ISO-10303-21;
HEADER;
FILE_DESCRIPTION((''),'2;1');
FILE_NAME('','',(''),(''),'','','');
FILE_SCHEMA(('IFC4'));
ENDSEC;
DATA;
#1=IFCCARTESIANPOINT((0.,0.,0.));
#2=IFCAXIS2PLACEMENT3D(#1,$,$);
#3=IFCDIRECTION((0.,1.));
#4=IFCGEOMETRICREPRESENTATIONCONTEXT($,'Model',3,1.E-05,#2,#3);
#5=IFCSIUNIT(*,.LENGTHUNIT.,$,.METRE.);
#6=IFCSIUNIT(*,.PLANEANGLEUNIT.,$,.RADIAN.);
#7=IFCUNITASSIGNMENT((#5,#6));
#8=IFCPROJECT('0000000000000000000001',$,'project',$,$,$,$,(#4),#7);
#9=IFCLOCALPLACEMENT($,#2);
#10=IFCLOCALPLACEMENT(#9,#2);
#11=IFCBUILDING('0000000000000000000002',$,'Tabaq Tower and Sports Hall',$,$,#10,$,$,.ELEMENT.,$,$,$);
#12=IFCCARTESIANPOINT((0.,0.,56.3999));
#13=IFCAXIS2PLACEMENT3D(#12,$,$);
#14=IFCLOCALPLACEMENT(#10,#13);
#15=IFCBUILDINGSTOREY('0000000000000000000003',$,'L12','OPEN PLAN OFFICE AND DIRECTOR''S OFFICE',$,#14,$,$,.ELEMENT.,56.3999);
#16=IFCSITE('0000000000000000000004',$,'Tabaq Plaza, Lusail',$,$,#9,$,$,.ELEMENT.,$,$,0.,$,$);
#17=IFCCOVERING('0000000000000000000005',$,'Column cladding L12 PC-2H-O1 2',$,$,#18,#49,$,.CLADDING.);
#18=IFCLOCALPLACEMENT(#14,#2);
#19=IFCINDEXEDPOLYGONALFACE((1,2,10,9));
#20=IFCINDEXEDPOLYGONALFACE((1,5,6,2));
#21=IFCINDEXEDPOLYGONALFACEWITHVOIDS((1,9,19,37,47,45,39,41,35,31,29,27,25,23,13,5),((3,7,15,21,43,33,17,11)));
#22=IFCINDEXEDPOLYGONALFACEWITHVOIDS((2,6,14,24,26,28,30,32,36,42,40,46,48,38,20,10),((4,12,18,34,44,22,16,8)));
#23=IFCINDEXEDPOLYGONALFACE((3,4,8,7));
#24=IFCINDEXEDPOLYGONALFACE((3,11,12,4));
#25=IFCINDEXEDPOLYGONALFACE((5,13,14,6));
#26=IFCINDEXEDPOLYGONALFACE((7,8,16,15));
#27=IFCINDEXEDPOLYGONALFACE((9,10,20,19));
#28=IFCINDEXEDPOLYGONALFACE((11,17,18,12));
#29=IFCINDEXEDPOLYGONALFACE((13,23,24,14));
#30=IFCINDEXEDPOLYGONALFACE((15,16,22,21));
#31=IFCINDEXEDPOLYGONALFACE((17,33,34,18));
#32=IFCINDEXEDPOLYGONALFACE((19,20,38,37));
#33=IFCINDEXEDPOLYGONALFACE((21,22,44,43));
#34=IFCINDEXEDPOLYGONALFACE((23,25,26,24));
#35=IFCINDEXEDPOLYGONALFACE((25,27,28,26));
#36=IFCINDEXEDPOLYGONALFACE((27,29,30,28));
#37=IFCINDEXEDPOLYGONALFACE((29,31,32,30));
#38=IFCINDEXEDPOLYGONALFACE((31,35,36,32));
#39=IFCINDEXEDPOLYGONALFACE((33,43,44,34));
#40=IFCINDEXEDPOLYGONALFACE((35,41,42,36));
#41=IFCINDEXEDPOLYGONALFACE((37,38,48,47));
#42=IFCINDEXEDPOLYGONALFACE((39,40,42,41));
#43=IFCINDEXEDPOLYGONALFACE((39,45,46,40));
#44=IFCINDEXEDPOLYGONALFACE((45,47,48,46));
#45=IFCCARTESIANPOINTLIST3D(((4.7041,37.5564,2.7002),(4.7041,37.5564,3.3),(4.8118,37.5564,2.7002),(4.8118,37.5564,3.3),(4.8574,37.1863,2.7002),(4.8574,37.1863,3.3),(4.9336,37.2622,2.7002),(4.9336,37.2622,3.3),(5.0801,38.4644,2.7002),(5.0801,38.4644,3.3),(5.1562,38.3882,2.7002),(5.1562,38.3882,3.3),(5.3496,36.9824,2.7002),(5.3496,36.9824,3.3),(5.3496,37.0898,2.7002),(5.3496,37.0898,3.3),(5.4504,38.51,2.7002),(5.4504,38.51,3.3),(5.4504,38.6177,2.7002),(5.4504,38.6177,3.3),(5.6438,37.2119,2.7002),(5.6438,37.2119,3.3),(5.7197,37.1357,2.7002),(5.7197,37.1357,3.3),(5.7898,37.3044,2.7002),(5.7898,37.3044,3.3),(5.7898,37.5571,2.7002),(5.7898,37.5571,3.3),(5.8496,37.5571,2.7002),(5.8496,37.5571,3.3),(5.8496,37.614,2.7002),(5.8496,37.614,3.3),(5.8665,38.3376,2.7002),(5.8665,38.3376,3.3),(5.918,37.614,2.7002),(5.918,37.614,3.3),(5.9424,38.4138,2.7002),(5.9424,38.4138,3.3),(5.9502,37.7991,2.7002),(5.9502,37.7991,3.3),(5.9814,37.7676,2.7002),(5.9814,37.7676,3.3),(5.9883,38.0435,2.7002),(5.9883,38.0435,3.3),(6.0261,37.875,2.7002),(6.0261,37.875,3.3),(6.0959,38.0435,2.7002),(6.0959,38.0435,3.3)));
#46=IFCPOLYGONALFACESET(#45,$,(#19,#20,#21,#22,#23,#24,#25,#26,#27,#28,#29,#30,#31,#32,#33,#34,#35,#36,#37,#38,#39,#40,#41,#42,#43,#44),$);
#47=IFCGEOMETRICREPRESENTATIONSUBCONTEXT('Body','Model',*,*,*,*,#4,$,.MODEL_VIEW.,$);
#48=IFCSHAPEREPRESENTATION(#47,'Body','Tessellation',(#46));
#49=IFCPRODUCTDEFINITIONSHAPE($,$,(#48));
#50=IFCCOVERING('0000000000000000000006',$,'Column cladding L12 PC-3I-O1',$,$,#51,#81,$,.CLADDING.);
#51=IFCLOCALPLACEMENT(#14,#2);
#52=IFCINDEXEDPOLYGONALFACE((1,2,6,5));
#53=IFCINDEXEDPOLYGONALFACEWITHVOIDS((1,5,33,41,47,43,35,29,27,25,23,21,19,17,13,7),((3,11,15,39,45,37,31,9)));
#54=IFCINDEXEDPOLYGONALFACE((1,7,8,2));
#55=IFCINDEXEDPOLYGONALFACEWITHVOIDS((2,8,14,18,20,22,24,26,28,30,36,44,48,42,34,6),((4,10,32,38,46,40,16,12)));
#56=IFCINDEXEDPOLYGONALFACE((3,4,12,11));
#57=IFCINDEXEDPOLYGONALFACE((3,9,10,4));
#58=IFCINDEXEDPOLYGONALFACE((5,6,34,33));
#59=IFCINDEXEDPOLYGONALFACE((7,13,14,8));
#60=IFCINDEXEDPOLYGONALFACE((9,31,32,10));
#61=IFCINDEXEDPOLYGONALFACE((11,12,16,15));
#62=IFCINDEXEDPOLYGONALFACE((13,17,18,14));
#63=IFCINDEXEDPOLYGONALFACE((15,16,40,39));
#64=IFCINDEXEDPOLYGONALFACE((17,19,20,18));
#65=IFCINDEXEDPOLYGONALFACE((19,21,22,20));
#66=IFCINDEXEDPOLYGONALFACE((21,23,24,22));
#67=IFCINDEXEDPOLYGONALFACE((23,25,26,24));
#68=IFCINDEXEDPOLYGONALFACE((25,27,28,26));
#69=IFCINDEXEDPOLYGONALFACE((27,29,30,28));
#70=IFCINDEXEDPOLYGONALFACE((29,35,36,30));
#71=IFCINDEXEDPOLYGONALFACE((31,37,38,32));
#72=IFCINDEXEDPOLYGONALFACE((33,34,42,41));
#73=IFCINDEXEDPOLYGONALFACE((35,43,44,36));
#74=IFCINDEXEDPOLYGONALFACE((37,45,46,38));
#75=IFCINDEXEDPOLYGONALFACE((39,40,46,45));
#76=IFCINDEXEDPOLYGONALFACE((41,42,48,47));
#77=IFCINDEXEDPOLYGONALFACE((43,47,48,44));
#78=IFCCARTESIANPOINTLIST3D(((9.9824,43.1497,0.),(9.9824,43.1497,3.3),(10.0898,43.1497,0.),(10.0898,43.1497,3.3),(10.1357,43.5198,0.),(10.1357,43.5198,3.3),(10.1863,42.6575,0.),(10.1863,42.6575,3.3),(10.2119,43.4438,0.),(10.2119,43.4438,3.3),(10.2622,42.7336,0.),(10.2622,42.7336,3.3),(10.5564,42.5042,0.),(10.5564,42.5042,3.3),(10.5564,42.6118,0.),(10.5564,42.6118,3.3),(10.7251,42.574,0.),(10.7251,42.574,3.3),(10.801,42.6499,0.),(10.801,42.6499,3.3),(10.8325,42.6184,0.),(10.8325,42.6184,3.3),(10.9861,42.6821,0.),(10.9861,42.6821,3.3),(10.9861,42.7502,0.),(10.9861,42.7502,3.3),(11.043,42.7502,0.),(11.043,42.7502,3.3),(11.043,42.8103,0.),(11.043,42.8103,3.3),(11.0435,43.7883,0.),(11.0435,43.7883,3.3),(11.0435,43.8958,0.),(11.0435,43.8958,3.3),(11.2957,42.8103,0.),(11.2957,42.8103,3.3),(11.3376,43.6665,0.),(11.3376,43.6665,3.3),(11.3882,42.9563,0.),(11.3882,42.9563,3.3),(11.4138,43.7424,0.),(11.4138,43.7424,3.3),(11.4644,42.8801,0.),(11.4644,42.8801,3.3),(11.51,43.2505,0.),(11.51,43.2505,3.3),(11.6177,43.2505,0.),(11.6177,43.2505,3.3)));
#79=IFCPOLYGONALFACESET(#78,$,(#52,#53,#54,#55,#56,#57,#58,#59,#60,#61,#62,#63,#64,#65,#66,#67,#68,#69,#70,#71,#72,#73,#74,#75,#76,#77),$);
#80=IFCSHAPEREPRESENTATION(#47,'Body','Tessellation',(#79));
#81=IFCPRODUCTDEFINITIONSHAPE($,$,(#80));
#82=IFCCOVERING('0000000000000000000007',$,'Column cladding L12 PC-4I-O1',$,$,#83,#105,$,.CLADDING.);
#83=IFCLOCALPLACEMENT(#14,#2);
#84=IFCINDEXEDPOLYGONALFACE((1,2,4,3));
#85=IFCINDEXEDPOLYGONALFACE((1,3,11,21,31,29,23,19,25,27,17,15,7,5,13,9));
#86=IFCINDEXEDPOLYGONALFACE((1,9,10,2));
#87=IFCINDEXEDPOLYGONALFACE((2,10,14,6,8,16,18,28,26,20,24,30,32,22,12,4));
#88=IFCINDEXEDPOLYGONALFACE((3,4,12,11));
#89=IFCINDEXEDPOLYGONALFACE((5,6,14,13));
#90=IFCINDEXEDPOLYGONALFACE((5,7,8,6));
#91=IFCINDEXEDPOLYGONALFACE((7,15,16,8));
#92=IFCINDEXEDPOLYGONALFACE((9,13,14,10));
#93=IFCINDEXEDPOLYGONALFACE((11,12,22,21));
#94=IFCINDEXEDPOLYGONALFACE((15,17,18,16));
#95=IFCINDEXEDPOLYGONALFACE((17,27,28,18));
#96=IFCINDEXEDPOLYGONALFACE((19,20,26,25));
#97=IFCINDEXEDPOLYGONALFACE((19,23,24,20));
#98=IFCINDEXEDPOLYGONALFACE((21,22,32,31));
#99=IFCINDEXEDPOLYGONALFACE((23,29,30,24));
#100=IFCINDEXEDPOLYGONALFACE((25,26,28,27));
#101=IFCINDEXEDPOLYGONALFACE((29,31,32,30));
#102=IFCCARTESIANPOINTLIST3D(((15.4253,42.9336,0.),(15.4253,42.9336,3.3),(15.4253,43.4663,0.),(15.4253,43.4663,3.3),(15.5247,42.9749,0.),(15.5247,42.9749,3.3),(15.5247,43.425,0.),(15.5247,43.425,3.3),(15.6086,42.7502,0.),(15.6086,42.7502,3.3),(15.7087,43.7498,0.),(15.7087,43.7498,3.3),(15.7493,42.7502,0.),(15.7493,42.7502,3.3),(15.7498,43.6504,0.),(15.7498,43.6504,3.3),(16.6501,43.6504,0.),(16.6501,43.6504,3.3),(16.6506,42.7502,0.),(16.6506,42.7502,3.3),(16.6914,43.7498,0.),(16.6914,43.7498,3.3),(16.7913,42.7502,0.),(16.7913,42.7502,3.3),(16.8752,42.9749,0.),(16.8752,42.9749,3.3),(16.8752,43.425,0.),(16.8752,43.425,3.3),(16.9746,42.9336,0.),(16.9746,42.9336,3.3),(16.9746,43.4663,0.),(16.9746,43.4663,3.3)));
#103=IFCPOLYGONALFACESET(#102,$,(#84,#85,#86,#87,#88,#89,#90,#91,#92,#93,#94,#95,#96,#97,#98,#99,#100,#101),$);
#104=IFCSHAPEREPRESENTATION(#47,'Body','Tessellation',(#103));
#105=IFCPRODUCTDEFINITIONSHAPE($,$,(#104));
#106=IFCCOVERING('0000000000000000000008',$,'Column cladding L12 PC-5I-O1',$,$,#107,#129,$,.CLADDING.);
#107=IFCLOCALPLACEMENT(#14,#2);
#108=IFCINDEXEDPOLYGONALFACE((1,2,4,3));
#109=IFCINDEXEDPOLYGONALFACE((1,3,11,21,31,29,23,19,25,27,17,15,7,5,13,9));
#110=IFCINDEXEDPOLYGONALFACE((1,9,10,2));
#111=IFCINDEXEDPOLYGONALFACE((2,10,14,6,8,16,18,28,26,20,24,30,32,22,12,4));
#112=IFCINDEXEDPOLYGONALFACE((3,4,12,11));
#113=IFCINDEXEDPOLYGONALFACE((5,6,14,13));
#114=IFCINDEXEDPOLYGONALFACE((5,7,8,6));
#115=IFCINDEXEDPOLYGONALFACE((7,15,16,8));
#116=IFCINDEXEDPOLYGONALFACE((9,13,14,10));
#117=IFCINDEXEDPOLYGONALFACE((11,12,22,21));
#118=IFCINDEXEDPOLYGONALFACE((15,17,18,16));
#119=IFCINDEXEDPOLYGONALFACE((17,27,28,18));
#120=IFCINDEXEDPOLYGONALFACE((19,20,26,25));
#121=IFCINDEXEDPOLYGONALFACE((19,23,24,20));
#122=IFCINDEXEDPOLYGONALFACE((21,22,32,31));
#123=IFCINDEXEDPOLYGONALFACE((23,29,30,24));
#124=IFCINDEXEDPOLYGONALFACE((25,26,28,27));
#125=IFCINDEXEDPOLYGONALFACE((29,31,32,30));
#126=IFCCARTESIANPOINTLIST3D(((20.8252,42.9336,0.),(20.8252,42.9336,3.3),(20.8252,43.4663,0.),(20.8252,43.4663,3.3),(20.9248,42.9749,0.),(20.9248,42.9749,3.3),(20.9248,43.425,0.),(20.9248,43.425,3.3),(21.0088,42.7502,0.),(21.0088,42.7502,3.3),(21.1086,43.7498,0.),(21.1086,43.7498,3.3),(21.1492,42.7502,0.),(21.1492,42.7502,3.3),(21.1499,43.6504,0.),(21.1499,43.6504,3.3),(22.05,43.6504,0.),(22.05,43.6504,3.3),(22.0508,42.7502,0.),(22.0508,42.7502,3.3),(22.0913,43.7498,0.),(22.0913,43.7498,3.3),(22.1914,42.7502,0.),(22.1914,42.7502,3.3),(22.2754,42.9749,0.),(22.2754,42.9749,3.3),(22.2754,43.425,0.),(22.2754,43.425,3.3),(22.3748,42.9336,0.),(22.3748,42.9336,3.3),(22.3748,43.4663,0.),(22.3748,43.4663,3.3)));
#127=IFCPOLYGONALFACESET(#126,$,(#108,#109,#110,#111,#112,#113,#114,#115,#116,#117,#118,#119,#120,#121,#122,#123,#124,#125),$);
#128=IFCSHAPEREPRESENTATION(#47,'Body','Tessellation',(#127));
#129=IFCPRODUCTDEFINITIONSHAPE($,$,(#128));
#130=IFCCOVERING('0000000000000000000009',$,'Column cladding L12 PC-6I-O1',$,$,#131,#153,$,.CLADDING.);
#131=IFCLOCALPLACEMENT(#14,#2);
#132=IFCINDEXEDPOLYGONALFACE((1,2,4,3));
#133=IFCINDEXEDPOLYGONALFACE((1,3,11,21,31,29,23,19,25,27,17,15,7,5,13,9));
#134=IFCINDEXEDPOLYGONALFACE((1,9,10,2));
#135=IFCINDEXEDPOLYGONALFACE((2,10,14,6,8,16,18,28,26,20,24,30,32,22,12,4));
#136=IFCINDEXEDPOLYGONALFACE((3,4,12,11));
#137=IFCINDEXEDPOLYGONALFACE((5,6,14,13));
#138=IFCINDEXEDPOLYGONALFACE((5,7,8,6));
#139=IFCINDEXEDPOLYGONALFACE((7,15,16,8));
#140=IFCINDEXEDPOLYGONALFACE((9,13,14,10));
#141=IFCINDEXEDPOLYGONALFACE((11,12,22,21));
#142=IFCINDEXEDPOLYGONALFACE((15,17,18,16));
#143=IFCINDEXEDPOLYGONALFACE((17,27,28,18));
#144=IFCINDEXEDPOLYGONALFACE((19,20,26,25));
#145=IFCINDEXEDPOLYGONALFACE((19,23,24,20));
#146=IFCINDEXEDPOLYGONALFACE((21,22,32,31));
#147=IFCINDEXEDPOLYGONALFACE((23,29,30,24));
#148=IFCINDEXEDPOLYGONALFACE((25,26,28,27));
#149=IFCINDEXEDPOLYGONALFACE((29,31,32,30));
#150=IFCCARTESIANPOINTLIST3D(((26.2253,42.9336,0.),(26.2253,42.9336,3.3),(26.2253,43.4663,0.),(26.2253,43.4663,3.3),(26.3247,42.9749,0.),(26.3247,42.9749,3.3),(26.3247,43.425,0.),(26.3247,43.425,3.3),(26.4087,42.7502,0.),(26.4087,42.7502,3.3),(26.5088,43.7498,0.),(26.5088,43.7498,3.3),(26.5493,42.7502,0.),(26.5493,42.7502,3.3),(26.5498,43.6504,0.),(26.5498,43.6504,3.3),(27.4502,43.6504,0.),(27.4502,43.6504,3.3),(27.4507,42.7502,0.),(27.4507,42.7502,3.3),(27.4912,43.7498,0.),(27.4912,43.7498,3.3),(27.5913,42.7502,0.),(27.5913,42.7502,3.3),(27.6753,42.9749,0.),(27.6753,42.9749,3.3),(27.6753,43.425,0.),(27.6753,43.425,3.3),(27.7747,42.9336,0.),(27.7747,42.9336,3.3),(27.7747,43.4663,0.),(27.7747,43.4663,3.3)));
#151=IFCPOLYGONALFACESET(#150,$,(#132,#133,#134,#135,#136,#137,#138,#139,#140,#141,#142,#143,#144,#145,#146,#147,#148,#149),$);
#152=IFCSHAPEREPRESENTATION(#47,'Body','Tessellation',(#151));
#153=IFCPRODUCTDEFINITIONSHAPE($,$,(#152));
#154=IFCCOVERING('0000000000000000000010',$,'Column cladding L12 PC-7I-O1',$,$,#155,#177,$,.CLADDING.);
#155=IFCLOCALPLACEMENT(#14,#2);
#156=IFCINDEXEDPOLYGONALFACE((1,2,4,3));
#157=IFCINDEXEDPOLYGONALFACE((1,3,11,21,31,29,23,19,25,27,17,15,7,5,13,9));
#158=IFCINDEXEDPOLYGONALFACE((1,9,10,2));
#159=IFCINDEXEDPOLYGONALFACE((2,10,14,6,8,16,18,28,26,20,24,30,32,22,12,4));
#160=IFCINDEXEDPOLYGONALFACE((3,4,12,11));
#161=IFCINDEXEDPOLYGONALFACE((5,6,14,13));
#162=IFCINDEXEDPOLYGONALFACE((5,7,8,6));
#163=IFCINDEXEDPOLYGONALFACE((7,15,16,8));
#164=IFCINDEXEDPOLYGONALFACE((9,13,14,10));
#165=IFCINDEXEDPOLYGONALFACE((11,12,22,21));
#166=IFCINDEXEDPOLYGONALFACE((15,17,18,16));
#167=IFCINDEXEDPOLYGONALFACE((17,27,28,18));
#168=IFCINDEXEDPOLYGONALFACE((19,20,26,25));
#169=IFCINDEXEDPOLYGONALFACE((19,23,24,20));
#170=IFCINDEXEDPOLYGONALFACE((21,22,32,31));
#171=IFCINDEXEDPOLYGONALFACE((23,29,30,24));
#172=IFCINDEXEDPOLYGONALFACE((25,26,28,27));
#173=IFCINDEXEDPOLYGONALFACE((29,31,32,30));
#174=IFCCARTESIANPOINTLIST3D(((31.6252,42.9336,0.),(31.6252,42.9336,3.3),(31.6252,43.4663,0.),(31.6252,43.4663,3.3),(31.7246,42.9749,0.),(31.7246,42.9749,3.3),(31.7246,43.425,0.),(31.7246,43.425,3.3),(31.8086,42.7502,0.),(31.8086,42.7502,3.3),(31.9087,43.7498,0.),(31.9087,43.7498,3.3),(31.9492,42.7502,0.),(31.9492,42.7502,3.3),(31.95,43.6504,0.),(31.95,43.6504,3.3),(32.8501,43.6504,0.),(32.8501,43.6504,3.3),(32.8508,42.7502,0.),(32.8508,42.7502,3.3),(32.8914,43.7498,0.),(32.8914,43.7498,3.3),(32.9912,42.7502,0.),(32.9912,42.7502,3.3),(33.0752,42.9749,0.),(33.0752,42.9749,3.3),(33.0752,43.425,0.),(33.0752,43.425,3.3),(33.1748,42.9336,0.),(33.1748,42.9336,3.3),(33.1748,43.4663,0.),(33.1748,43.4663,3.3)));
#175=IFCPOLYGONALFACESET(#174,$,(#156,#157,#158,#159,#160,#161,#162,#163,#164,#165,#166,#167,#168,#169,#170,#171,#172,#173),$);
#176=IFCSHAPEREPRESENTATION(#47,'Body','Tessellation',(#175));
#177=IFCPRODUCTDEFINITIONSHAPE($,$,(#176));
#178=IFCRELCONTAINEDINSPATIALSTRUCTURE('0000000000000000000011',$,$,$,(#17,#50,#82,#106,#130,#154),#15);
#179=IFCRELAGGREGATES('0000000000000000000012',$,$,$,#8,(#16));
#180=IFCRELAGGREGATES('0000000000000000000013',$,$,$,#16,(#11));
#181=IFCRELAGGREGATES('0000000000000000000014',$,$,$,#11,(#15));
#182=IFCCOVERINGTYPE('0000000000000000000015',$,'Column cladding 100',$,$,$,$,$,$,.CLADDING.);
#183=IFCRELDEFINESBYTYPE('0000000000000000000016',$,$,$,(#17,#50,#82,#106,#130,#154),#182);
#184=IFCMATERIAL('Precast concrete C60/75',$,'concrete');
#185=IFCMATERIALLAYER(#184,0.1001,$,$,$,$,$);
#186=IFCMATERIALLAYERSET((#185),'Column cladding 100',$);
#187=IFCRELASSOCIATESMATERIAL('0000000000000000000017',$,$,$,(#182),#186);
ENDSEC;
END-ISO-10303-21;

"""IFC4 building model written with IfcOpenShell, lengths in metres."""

from ifc_helpers import new_model, si_unit, direction, frame, origin, place, context, subcontext, project, spatial, polyline, outline, extrude, material, layer, layer_set, type_object, element, save


model = new_model("IFC4")

# Units and contexts
model_context = context("Model", 3, precision=1e-05, world=origin(), true_north=direction((0.0, 1.0)))
body_context = subcontext(model_context, "Body", "Model", "MODEL_VIEW")
ifc_project = project(units=[si_unit("LENGTHUNIT", "METRE"), si_unit("PLANEANGLEUNIT", "RADIAN")], contexts=[model_context])

# Site, building, storey
site_placement = place(None, origin())
site = spatial("IfcSite", under=ifc_project, at=site_placement, Name="Tabaq Plaza, Lusail", CompositionType="ELEMENT", RefElevation=0.0)
building_placement = place(site_placement, origin())
building = spatial("IfcBuilding", under=site, at=building_placement, Name="Tabaq Tower and Sports Hall", CompositionType="ELEMENT")
storey_placement = place(building_placement, frame((0.0, 0.0, 56.3999)))
storey = spatial("IfcBuildingStorey", under=building, at=storey_placement, Name="L12", Description="OPEN PLAN OFFICE AND DIRECTOR'S OFFICE", CompositionType="ELEMENT", Elevation=56.3999)

# Coverings
ifc_material_1 = material(Name="Precast concrete C60/75", Category="concrete")
ifc_layer_1 = layer(ifc_material_1, 0.1001)
ifc_layer_set_1 = layer_set([ifc_layer_1], Name="Column cladding 100")
covering_type_1 = type_object("IfcCoveringType", Name="Column cladding 100", PredefinedType="CLADDING", material=ifc_layer_set_1)
covering_1_placement = place(storey_placement, frame((0.0, 0.0, 2.7002)))
element("IfcCovering", 1, at=covering_1_placement, inside=storey, type_object=covering_type_1, Name="Column cladding L12 PC-2H-O1 2", PredefinedType="CLADDING", context=body_context, shape_type="SweptSolid", body=[
    extrude(outline(polyline([(4.8574, 37.1863), (4.7041, 37.5564), (5.0801, 38.4644), (5.4504, 38.6177), (5.9424, 38.4138), (6.0959, 38.0435), (6.0261, 37.875), (5.9502, 37.7991), (5.9814, 37.7676), (5.918, 37.614), (5.8496, 37.614), (5.8496, 37.5571), (5.7898, 37.5571), (5.7898, 37.3044), (5.7197, 37.1357), (5.3496, 36.9824), (4.8574, 37.1863)]), holes=[polyline([(5.8665, 38.3376), (5.4504, 38.51), (5.1562, 38.3882), (4.8118, 37.5564), (4.9336, 37.2622), (5.3496, 37.0898), (5.6438, 37.2119), (5.9883, 38.0435), (5.8665, 38.3376)])]), origin(), (0.0, 0.0, 1.0), 0.5999),
])
covering_2_placement = place(storey_placement, origin())
element("IfcCovering", 2, at=covering_2_placement, inside=storey, type_object=covering_type_1, Name="Column cladding L12 PC-3I-O1", PredefinedType="CLADDING", context=body_context, shape_type="SweptSolid", body=[
    extrude(outline(polyline([(9.9824, 43.1497), (10.1357, 43.5198), (11.0435, 43.8958), (11.4138, 43.7424), (11.6177, 43.2505), (11.4644, 42.8801), (11.2957, 42.8103), (11.043, 42.8103), (11.043, 42.7502), (10.9861, 42.7502), (10.9861, 42.6821), (10.8325, 42.6184), (10.801, 42.6499), (10.7251, 42.574), (10.5564, 42.5042), (10.1863, 42.6575), (9.9824, 43.1497)]), holes=[polyline([(11.51, 43.2505), (11.3376, 43.6665), (11.0435, 43.7883), (10.2119, 43.4438), (10.0898, 43.1497), (10.2622, 42.7336), (10.5564, 42.6118), (11.3882, 42.9563), (11.51, 43.2505)])]), origin(), (0.0, 0.0, 1.0), 3.3),
])
covering_3_placement = place(storey_placement, origin())
element("IfcCovering", 3, at=covering_3_placement, inside=storey, type_object=covering_type_1, Name="Column cladding L12 PC-4I-O1", PredefinedType="CLADDING", context=body_context, shape_type="SweptSolid", body=[
    extrude(outline(polyline([(15.4253, 43.4663), (15.7087, 43.7498), (16.6914, 43.7498), (16.9746, 43.4663), (16.9746, 42.9336), (16.7913, 42.7502), (16.6506, 42.7502), (16.8752, 42.9749), (16.8752, 43.425), (16.6501, 43.6504), (15.7498, 43.6504), (15.5247, 43.425), (15.5247, 42.9749), (15.7493, 42.7502), (15.6086, 42.7502), (15.4253, 42.9336), (15.4253, 43.4663)])), origin(), (0.0, 0.0, 1.0), 3.3),
])
covering_4_placement = place(storey_placement, origin())
element("IfcCovering", 4, at=covering_4_placement, inside=storey, type_object=covering_type_1, Name="Column cladding L12 PC-5I-O1", PredefinedType="CLADDING", context=body_context, shape_type="SweptSolid", body=[
    extrude(outline(polyline([(20.8252, 43.4663), (21.1086, 43.7498), (22.0913, 43.7498), (22.3748, 43.4663), (22.3748, 42.9336), (22.1914, 42.7502), (22.0508, 42.7502), (22.2754, 42.9749), (22.2754, 43.425), (22.05, 43.6504), (21.1499, 43.6504), (20.9248, 43.425), (20.9248, 42.9749), (21.1492, 42.7502), (21.0088, 42.7502), (20.8252, 42.9336), (20.8252, 43.4663)])), origin(), (0.0, 0.0, 1.0), 3.3),
])
covering_5_placement = place(storey_placement, origin())
element("IfcCovering", 5, at=covering_5_placement, inside=storey, type_object=covering_type_1, Name="Column cladding L12 PC-6I-O1", PredefinedType="CLADDING", context=body_context, shape_type="SweptSolid", body=[
    extrude(outline(polyline([(26.2253, 43.4663), (26.5088, 43.7498), (27.4912, 43.7498), (27.7747, 43.4663), (27.7747, 42.9336), (27.5913, 42.7502), (27.4507, 42.7502), (27.6753, 42.9749), (27.6753, 43.425), (27.4502, 43.6504), (26.5498, 43.6504), (26.3247, 43.425), (26.3247, 42.9749), (26.5493, 42.7502), (26.4087, 42.7502), (26.2253, 42.9336), (26.2253, 43.4663)])), origin(), (0.0, 0.0, 1.0), 3.3),
])
covering_6_placement = place(storey_placement, origin())
element("IfcCovering", 6, at=covering_6_placement, inside=storey, type_object=covering_type_1, Name="Column cladding L12 PC-7I-O1", PredefinedType="CLADDING", context=body_context, shape_type="SweptSolid", body=[
    extrude(outline(polyline([(31.6252, 43.4663), (31.9087, 43.7498), (32.8914, 43.7498), (33.1748, 43.4663), (33.1748, 42.9336), (32.9912, 42.7502), (32.8508, 42.7502), (33.0752, 42.9749), (33.0752, 43.425), (32.8501, 43.6504), (31.95, 43.6504), (31.7246, 43.425), (31.7246, 42.9749), (31.9492, 42.7502), (31.8086, 42.7502), (31.6252, 42.9336), (31.6252, 43.4663)])), origin(), (0.0, 0.0, 1.0), 3.3),
])

save(model, "model.ifc")
